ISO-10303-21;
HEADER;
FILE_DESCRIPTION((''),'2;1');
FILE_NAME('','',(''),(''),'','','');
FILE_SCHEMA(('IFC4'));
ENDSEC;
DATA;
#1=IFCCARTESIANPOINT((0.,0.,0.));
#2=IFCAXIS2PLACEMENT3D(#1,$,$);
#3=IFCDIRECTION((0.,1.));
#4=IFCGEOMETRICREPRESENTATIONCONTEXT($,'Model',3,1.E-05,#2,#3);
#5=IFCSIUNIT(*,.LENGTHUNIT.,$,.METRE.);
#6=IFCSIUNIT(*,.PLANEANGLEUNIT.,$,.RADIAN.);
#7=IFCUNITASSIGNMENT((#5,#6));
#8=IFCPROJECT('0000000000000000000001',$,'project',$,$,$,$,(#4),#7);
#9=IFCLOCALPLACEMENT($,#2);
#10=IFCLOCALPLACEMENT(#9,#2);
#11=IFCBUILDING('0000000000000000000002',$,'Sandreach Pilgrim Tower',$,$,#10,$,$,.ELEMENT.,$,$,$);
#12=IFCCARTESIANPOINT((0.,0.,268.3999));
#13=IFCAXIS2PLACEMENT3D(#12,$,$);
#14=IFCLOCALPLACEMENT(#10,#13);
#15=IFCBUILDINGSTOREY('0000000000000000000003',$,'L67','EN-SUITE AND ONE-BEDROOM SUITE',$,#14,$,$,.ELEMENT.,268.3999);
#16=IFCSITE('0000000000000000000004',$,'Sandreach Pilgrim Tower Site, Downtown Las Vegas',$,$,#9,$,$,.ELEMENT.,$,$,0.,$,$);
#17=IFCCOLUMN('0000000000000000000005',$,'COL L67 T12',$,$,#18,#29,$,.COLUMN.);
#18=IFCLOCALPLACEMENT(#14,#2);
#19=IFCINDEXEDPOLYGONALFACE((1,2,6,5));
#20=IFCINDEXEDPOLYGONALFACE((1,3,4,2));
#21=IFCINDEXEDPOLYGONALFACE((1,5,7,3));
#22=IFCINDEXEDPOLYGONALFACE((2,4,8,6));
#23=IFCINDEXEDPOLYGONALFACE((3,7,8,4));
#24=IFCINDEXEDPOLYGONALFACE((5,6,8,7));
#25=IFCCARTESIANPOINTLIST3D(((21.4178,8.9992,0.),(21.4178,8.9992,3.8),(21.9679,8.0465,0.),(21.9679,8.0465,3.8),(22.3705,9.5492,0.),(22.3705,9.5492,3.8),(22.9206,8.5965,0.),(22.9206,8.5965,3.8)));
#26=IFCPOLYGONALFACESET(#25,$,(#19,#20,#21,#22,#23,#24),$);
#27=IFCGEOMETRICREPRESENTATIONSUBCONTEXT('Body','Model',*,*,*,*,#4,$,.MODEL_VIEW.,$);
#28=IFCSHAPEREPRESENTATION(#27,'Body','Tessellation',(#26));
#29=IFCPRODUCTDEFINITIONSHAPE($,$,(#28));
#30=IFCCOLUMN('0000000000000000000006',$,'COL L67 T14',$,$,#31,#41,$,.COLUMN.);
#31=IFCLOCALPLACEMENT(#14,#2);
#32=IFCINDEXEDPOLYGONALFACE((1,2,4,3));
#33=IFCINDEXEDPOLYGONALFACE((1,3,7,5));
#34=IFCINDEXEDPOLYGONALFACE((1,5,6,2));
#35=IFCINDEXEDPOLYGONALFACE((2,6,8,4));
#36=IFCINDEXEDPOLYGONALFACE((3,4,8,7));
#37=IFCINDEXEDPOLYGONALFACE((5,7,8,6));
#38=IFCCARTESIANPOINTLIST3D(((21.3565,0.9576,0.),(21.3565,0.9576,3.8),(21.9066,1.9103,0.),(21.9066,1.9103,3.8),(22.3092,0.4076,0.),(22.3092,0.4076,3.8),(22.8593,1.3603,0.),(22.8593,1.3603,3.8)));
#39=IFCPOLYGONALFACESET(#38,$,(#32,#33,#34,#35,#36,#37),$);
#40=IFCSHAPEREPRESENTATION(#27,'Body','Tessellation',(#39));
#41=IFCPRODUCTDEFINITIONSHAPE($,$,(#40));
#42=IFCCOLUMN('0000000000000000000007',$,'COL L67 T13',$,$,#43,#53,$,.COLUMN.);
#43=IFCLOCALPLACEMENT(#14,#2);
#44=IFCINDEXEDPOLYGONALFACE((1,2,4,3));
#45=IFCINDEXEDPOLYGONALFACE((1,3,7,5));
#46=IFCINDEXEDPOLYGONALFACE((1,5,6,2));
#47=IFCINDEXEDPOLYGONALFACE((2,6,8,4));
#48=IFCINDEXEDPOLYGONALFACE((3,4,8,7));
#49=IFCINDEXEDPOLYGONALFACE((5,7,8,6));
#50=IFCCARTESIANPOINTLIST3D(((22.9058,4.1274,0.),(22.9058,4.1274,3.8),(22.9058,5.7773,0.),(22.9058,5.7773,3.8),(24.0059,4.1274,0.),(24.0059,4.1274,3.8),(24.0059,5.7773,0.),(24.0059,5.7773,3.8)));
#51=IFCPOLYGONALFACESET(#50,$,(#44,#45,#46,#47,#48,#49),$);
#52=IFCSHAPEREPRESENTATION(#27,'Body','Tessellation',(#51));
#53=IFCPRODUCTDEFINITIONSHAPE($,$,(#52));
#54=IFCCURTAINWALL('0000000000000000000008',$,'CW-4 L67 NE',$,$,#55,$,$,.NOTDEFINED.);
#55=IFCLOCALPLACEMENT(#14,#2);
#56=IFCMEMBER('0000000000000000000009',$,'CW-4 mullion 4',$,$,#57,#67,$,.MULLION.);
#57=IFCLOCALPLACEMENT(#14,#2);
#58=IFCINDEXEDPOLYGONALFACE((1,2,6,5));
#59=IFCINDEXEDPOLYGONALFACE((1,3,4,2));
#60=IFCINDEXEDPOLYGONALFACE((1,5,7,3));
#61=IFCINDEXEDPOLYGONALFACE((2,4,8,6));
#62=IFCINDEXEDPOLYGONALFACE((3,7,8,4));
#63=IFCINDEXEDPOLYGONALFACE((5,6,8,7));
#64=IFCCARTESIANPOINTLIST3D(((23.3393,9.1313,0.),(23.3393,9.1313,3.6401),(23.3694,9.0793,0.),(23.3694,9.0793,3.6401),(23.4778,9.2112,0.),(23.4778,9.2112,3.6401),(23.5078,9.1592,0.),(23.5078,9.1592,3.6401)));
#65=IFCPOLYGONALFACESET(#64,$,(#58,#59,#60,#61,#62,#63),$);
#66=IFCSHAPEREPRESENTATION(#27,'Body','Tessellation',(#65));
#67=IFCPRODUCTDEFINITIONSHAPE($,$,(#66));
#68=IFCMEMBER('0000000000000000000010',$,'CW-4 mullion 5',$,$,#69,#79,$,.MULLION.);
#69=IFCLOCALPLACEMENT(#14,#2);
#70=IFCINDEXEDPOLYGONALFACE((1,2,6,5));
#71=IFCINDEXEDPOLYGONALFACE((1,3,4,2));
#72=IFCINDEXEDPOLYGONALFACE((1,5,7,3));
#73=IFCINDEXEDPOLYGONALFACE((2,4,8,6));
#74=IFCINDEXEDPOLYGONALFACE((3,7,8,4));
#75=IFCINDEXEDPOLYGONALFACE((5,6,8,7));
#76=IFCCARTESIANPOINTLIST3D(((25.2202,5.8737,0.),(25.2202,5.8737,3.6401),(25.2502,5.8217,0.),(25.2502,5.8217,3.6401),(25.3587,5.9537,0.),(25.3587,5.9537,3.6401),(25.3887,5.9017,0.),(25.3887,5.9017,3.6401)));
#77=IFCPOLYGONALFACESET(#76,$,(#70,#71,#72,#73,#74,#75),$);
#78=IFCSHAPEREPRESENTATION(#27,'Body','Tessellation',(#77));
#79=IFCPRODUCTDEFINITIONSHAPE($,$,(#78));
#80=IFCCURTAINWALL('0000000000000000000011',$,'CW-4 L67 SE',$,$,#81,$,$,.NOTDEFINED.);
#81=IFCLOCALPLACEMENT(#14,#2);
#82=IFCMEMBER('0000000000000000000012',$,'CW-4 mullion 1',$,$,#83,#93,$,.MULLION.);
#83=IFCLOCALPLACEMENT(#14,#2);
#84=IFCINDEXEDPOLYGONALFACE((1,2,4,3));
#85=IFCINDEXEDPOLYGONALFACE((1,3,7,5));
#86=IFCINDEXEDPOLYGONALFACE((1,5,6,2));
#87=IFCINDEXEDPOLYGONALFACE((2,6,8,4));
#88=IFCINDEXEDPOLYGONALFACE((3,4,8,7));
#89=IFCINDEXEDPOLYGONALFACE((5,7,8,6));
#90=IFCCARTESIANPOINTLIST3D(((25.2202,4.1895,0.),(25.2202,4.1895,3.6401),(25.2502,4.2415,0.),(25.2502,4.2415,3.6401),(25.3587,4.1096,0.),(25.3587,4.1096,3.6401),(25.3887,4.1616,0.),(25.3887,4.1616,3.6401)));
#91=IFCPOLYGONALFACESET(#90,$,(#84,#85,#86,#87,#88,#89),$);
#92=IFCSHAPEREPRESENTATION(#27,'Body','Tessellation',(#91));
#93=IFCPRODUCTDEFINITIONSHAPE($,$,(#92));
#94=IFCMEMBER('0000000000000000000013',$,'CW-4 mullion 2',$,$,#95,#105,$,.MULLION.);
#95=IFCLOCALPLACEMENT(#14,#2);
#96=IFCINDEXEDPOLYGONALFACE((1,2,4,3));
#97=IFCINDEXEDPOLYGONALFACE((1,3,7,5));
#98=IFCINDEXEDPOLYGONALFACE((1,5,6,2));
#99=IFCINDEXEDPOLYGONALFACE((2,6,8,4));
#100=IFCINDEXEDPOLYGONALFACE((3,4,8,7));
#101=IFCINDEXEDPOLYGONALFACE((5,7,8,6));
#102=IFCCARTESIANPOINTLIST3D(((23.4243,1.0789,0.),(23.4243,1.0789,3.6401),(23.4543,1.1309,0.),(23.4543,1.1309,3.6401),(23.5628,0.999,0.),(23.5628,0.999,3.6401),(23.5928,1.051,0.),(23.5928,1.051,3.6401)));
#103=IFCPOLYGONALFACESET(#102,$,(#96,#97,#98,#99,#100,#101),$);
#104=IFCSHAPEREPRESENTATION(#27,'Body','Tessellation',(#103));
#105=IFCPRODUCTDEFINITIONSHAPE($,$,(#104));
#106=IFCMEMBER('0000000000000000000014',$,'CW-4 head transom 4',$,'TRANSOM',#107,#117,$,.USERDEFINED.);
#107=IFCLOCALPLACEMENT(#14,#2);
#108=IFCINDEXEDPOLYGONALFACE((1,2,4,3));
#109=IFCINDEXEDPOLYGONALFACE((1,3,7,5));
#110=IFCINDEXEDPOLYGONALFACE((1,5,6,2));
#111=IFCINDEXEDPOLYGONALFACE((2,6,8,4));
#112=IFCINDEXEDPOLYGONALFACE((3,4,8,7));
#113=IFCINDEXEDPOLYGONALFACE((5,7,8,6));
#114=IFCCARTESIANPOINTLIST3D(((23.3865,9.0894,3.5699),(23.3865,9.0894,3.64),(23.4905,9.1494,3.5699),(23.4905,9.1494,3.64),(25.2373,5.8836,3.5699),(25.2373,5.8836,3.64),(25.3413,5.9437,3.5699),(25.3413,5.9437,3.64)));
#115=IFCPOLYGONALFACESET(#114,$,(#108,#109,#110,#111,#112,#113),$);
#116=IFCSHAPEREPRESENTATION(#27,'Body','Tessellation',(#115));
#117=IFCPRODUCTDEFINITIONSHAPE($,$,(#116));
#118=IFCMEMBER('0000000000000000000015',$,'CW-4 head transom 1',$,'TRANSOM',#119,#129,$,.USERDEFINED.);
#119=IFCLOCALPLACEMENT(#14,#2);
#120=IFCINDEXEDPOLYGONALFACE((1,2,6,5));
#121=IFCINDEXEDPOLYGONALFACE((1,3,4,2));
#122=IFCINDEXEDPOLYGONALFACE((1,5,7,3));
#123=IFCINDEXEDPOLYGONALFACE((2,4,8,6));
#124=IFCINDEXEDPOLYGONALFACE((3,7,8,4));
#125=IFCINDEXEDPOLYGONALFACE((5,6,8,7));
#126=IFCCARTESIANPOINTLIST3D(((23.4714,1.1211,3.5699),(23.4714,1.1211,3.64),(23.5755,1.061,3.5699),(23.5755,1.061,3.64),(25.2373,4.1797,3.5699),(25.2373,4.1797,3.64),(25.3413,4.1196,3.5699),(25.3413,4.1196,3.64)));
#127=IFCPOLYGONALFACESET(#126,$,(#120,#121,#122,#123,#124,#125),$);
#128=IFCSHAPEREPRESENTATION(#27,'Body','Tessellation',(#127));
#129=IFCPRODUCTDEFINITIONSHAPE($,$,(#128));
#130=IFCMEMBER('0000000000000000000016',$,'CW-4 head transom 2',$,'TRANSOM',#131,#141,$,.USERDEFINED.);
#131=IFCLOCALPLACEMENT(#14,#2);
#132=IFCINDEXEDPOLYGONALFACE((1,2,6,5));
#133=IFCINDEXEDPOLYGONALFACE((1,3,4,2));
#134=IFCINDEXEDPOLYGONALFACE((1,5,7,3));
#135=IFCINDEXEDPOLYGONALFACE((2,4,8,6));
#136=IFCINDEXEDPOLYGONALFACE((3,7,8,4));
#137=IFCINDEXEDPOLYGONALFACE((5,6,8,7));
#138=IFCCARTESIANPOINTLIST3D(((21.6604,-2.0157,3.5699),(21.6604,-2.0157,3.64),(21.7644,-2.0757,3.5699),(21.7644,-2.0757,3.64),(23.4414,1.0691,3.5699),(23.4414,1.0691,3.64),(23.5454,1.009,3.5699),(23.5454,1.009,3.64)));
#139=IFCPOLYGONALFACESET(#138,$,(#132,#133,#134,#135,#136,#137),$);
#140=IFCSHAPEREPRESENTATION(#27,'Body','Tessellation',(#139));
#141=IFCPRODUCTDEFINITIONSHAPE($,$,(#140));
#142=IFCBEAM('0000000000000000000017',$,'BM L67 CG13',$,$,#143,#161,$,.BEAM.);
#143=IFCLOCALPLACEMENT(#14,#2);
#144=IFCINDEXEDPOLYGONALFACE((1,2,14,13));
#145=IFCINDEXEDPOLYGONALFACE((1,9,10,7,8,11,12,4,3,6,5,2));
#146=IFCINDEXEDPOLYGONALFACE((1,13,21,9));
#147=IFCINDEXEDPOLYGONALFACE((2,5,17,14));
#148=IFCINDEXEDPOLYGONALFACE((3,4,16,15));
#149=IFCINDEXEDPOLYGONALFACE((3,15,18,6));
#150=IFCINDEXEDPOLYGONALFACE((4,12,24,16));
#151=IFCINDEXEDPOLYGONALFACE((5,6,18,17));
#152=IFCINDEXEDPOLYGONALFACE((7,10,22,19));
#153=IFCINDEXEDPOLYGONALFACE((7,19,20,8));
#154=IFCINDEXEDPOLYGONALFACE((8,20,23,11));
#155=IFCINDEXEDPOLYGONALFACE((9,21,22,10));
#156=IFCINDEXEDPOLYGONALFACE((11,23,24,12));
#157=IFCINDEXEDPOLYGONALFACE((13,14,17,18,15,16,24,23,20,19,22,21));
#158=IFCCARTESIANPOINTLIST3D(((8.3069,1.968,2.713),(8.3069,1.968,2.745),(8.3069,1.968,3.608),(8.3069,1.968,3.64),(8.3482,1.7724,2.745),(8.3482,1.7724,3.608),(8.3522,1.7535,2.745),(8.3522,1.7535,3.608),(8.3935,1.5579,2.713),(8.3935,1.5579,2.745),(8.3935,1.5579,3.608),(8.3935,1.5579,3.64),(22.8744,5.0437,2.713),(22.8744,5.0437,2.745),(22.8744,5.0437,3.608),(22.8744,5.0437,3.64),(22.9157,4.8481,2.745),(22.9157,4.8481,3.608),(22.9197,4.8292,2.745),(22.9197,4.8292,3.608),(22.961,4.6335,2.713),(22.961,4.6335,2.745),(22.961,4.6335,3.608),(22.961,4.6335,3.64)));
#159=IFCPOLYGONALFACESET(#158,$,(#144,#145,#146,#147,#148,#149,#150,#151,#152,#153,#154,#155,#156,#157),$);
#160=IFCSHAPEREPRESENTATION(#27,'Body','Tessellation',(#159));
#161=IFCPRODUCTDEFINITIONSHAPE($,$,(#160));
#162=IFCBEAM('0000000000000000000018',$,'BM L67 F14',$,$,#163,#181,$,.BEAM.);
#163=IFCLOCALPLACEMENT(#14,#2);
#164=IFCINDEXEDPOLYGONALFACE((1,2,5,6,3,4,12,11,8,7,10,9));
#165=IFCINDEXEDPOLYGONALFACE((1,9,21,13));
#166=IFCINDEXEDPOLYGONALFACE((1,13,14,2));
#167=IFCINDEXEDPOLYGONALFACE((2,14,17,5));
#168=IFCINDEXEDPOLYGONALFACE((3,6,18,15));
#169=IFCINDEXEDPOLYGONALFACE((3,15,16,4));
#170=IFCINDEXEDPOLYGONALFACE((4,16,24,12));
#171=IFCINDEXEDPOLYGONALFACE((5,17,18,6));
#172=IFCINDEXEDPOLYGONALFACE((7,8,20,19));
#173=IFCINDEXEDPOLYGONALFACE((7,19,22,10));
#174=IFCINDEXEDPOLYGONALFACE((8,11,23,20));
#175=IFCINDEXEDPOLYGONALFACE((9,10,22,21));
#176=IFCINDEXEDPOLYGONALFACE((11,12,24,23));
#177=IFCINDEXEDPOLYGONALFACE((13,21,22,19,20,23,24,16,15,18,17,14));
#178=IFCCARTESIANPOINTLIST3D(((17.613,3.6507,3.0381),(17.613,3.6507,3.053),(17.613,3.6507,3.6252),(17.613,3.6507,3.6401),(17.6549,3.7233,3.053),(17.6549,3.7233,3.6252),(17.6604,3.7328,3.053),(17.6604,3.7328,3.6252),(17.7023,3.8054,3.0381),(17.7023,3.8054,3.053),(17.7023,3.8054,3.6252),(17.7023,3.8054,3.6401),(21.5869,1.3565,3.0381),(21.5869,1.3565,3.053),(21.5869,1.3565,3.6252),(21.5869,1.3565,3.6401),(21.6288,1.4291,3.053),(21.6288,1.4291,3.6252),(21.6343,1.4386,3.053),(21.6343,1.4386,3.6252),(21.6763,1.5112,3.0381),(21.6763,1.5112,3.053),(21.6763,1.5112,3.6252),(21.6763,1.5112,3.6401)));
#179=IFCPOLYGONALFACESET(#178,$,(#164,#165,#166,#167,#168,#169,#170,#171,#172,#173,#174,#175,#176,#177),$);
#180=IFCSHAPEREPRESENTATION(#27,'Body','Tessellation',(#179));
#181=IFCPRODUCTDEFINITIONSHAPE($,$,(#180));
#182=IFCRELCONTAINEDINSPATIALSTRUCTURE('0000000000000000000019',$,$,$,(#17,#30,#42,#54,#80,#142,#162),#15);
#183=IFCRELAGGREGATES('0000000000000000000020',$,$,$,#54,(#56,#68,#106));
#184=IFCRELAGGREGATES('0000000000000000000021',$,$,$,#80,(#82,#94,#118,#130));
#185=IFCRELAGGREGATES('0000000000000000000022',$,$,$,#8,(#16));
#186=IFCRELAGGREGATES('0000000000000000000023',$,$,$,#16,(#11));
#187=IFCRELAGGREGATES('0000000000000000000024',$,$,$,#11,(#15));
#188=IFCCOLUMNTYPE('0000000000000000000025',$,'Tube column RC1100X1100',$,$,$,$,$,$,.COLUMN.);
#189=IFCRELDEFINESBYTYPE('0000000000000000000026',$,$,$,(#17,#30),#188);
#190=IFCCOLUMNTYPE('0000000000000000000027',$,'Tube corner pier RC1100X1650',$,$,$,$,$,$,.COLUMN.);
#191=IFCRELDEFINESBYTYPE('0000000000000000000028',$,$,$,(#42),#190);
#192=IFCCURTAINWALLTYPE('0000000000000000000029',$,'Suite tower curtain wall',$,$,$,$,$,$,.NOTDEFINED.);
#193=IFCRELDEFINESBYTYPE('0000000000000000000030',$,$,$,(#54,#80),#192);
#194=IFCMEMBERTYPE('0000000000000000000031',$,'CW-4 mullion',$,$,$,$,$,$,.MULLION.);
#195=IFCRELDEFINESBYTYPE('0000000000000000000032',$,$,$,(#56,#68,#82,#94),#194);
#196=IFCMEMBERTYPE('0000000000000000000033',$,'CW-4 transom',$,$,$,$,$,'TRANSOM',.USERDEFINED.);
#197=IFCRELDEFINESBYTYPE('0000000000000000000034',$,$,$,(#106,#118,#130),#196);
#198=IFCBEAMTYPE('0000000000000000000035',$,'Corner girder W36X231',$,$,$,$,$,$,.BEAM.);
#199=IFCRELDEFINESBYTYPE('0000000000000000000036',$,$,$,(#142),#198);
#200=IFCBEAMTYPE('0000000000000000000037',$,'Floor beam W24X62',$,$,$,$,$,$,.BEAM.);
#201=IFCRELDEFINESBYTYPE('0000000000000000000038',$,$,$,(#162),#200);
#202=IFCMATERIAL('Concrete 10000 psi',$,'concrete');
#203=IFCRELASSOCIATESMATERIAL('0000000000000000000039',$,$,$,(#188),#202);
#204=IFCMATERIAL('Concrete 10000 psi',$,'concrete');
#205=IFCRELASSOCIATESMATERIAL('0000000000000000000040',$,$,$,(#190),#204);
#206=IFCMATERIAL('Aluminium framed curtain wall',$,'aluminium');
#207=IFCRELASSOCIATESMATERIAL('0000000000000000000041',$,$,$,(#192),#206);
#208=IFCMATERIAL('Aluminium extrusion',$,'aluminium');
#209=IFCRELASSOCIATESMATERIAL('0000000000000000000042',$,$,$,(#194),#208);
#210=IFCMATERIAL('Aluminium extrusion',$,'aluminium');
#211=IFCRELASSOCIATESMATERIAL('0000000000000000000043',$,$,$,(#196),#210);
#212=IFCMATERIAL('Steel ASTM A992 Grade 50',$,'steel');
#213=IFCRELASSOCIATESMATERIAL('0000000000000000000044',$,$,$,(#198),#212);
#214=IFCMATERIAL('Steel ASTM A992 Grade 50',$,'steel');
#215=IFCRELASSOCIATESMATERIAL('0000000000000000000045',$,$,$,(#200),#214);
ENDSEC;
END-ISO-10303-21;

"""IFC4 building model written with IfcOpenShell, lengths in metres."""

from ifc_helpers import new_model, si_unit, direction, frame, origin, origin_2d, place, context, subcontext, project, spatial, rectangle, i_section, extrude, material, material_profile, profile_set, type_object, element, aggregate, save


model = new_model("IFC4")

# Units and contexts
model_context = context("Model", 3, precision=1e-05, world=origin(), true_north=direction((0.0, 1.0)))
body_context = subcontext(model_context, "Body", "Model", "MODEL_VIEW")
ifc_project = project(units=[si_unit("LENGTHUNIT", "METRE"), si_unit("PLANEANGLEUNIT", "RADIAN")], contexts=[model_context])

# Site, building, storey
site_placement = place(None, origin())
site = spatial("IfcSite", under=ifc_project, at=site_placement, Name="Sandreach Pilgrim Tower Site, Downtown Las Vegas", CompositionType="ELEMENT", RefElevation=0.0)
building_placement = place(site_placement, origin())
building = spatial("IfcBuilding", under=site, at=building_placement, Name="Sandreach Pilgrim Tower", CompositionType="ELEMENT")
storey_placement = place(building_placement, frame((0.0, 0.0, 268.3999)))
storey = spatial("IfcBuildingStorey", under=building, at=storey_placement, Name="L67", Description="EN-SUITE AND ONE-BEDROOM SUITE", CompositionType="ELEMENT", Elevation=268.3999)

# Columns
ifc_material_1 = material(Name="Concrete 10000 psi", Category="concrete")
ifc_material_profile_1 = material_profile(ifc_material_1, rectangle(XDim=1.1001, YDim=1.1001, at=origin_2d()), Name="RC1100X1100")
ifc_profile_set_1 = profile_set([ifc_material_profile_1], Name="Concrete 10000 psi")
column_type_1 = type_object("IfcColumnType", Name="Tube column RC1100X1100", PredefinedType="COLUMN", material=ifc_profile_set_1)
for number, where, z_axis, x_axis, name in (
    (1, (22.1692, 8.7979, 0.0), (0.0, 0.0, 1.0), (0.866025, 0.5, 0.0), "COL L67 T12"),
    (2, (22.1079, 1.1589, 0.0), (0.0, 0.0, 1.0), (0.866025, -0.5, 0.0), "COL L67 T14"),
):
    element("IfcColumn", number, at=place(storey_placement, frame(where, z_axis=z_axis, x_axis=x_axis)), inside=storey, type_object=column_type_1, Name=name, PredefinedType="COLUMN", context=body_context, shape_type="SweptSolid", body=[
        extrude(rectangle(XDim=1.1001, YDim=1.1001, at=origin_2d()), origin(), (0.0, 0.0, 1.0), 3.8),
    ])
ifc_material_2 = material(Name="Concrete 10000 psi", Category="concrete")
ifc_material_profile_2 = material_profile(ifc_material_2, rectangle(XDim=1.1001, YDim=1.6499, at=origin_2d()), Name="RC1100X1650")
ifc_profile_set_2 = profile_set([ifc_material_profile_2], Name="Concrete 10000 psi")
column_type_2 = type_object("IfcColumnType", Name="Tube corner pier RC1100X1650", PredefinedType="COLUMN", material=ifc_profile_set_2)
column_placement = place(storey_placement, frame((23.4558, 4.9524, 0.0), z_axis=(0.0, 0.0, 1.0), x_axis=(1.0, 0.0, 0.0)))
element("IfcColumn", 3, at=column_placement, inside=storey, type_object=column_type_2, Name="COL L67 T13", PredefinedType="COLUMN", context=body_context, shape_type="SweptSolid", body=[
    extrude(rectangle(XDim=1.1001, YDim=1.6499, at=origin_2d()), origin(), (0.0, 0.0, 1.0), 3.8),
])

# Curtain walls, members
ifc_material_3 = material(Name="Aluminium framed curtain wall", Category="aluminium")
curtain_wall_type = type_object("IfcCurtainWallType", Name="Suite tower curtain wall", PredefinedType="NOTDEFINED", material=ifc_material_3)
curtain_wall_1_placement = place(storey_placement, origin())
curtain_wall_1 = element("IfcCurtainWall", 4, at=curtain_wall_1_placement, inside=storey, type_object=curtain_wall_type, Name="CW-4 L67 NE", PredefinedType="NOTDEFINED")
ifc_material_4 = material(Name="Aluminium extrusion", Category="aluminium")
ifc_material_profile_3 = material_profile(ifc_material_4, rectangle(XDim=0.0601, YDim=0.1599, at=origin_2d()), Name="CW-4M 60X160")
ifc_profile_set_3 = profile_set([ifc_material_profile_3], Name="Aluminium extrusion")
member_type_1 = type_object("IfcMemberType", Name="CW-4 mullion", PredefinedType="MULLION", material=ifc_profile_set_3)
member_1_placement = place(storey_placement, frame((23.4236, 9.1453, 0.0), z_axis=(0.0, 0.0, 1.0), x_axis=(0.5, -0.866025, 0.0)))
member_1 = element("IfcMember", 5, at=member_1_placement, type_object=member_type_1, Name="CW-4 mullion 4", PredefinedType="MULLION", context=body_context, shape_type="SweptSolid", body=[
    extrude(rectangle(XDim=0.0601, YDim=0.1599, at=origin_2d()), origin(), (0.0, 0.0, 1.0), 3.6401),
])
member_2_placement = place(storey_placement, frame((25.3044, 5.8877, 0.0), z_axis=(0.0, 0.0, 1.0), x_axis=(0.5, -0.866025, 0.0)))
member_2 = element("IfcMember", 6, at=member_2_placement, type_object=member_type_1, Name="CW-4 mullion 5", PredefinedType="MULLION", context=body_context, shape_type="SweptSolid", body=[
    extrude(rectangle(XDim=0.0601, YDim=0.1599, at=origin_2d()), origin(), (0.0, 0.0, 1.0), 3.6401),
])
curtain_wall_2_placement = place(storey_placement, origin())
curtain_wall_2 = element("IfcCurtainWall", 7, at=curtain_wall_2_placement, inside=storey, type_object=curtain_wall_type, Name="CW-4 L67 SE", PredefinedType="NOTDEFINED")
member_3_placement = place(storey_placement, frame((25.3044, 4.1755, 0.0), z_axis=(0.0, 0.0, 1.0), x_axis=(-0.5, -0.866025, 0.0)))
member_3 = element("IfcMember", 8, at=member_3_placement, type_object=member_type_1, Name="CW-4 mullion 1", PredefinedType="MULLION", context=body_context, shape_type="SweptSolid", body=[
    extrude(rectangle(XDim=0.0601, YDim=0.1599, at=origin_2d()), origin(), (0.0, 0.0, 1.0), 3.6401),
])
member_4_placement = place(storey_placement, frame((23.5085, 1.0649, 0.0), z_axis=(0.0, 0.0, 1.0), x_axis=(-0.5, -0.866025, 0.0)))
member_4 = element("IfcMember", 9, at=member_4_placement, type_object=member_type_1, Name="CW-4 mullion 2", PredefinedType="MULLION", context=body_context, shape_type="SweptSolid", body=[
    extrude(rectangle(XDim=0.0601, YDim=0.1599, at=origin_2d()), origin(), (0.0, 0.0, 1.0), 3.6401),
])

# Members
ifc_material_5 = material(Name="Aluminium extrusion", Category="aluminium")
ifc_material_profile_4 = material_profile(ifc_material_5, rectangle(XDim=0.1201, YDim=0.0701, at=origin_2d()), Name="CW-4T 120X70")
ifc_profile_set_4 = profile_set([ifc_material_profile_4], Name="Aluminium extrusion")
member_type_2 = type_object("IfcMemberType", Name="CW-4 transom", ElementType="TRANSOM", PredefinedType="USERDEFINED", material=ifc_profile_set_4)
member_5_placement = place(storey_placement, frame((23.4385, 9.1194, 3.605), z_axis=(0.499991, -0.866031, 0.0), x_axis=(0.866031, 0.499991, 0.0)))
member_5 = element("IfcMember", 10, at=member_5_placement, type_object=member_type_2, Name="CW-4 head transom 4", ObjectType="TRANSOM", PredefinedType="USERDEFINED", context=body_context, shape_type="SweptSolid", body=[
    extrude(rectangle(XDim=0.1201, YDim=0.0701, at=origin_2d()), origin(), (0.0, 0.0, 1.0), 3.7017),
])
member_6_placement = place(storey_placement, frame((25.2893, 4.1497, 3.605), z_axis=(-0.499998, -0.866027, 0.0), x_axis=(0.866027, -0.499998, 0.0)))
member_6 = element("IfcMember", 11, at=member_6_placement, type_object=member_type_2, Name="CW-4 head transom 1", ObjectType="TRANSOM", PredefinedType="USERDEFINED", context=body_context, shape_type="SweptSolid", body=[
    extrude(rectangle(XDim=0.1201, YDim=0.0701, at=origin_2d()), origin(), (0.0, 0.0, 1.0), 3.5317),
])
member_7_placement = place(storey_placement, frame((23.4934, 1.0391, 3.605), z_axis=(-0.500009, -0.86602, 0.0), x_axis=(0.86602, -0.500009, 0.0)))
member_7 = element("IfcMember", 12, at=member_7_placement, type_object=member_type_2, Name="CW-4 head transom 2", ObjectType="TRANSOM", PredefinedType="USERDEFINED", context=body_context, shape_type="SweptSolid", body=[
    extrude(rectangle(XDim=0.1201, YDim=0.0701, at=origin_2d()), origin(), (0.0, 0.0, 1.0), 3.562),
])

# Beams
ifc_material_6 = material(Name="Steel ASTM A992 Grade 50", Category="steel")
ifc_material_profile_5 = material_profile(ifc_material_6, i_section(OverallWidth=0.4192, OverallDepth=0.927, WebThickness=0.0193, FlangeThickness=0.032, at=origin_2d()), Name="W36X231")
ifc_profile_set_5 = profile_set([ifc_material_profile_5], Name="Steel ASTM A992 Grade 50")
beam_type_1 = type_object("IfcBeamType", Name="Corner girder W36X231", PredefinedType="BEAM", material=ifc_profile_set_5)
beam_1_placement = place(storey_placement, frame((22.9177, 4.8386, 3.1765), z_axis=(-0.97843, -0.206577, 0.0), x_axis=(0.206577, -0.97843, 0.0)))
element("IfcBeam", 13, at=beam_1_placement, inside=storey, type_object=beam_type_1, Name="BM L67 CG13", PredefinedType="BEAM", context=body_context, shape_type="SweptSolid", body=[
    extrude(i_section(OverallWidth=0.4192, OverallDepth=0.927, WebThickness=0.0193, FlangeThickness=0.032, at=origin_2d()), origin(), (0.0, 0.0, 1.0), 14.8887),
])
ifc_material_7 = material(Name="Steel ASTM A992 Grade 50", Category="steel")
ifc_material_profile_6 = material_profile(ifc_material_7, i_section(OverallWidth=0.1787, OverallDepth=0.6021, WebThickness=0.011, FlangeThickness=0.0149, at=origin_2d()), Name="W24X62")
ifc_profile_set_6 = profile_set([ifc_material_profile_6], Name="Steel ASTM A992 Grade 50")
beam_type_2 = type_object("IfcBeamType", Name="Floor beam W24X62", PredefinedType="BEAM", material=ifc_profile_set_6)
beam_2_placement = place(storey_placement, frame((21.6316, 1.4338, 3.3391), z_axis=(-0.866038, 0.499979, 0.0), x_axis=(-0.499979, -0.866038, 0.0)))
element("IfcBeam", 14, at=beam_2_placement, inside=storey, type_object=beam_type_2, Name="BM L67 F14", PredefinedType="BEAM", context=body_context, shape_type="SweptSolid", body=[
    extrude(i_section(OverallWidth=0.1787, OverallDepth=0.6021, WebThickness=0.011, FlangeThickness=0.0149, at=origin_2d()), origin(), (0.0, 0.0, 1.0), 4.5886),
])

aggregate(curtain_wall_1, [member_1, member_2, member_5])
aggregate(curtain_wall_2, [member_3, member_4, member_6, member_7])

save(model, "model.ifc")
